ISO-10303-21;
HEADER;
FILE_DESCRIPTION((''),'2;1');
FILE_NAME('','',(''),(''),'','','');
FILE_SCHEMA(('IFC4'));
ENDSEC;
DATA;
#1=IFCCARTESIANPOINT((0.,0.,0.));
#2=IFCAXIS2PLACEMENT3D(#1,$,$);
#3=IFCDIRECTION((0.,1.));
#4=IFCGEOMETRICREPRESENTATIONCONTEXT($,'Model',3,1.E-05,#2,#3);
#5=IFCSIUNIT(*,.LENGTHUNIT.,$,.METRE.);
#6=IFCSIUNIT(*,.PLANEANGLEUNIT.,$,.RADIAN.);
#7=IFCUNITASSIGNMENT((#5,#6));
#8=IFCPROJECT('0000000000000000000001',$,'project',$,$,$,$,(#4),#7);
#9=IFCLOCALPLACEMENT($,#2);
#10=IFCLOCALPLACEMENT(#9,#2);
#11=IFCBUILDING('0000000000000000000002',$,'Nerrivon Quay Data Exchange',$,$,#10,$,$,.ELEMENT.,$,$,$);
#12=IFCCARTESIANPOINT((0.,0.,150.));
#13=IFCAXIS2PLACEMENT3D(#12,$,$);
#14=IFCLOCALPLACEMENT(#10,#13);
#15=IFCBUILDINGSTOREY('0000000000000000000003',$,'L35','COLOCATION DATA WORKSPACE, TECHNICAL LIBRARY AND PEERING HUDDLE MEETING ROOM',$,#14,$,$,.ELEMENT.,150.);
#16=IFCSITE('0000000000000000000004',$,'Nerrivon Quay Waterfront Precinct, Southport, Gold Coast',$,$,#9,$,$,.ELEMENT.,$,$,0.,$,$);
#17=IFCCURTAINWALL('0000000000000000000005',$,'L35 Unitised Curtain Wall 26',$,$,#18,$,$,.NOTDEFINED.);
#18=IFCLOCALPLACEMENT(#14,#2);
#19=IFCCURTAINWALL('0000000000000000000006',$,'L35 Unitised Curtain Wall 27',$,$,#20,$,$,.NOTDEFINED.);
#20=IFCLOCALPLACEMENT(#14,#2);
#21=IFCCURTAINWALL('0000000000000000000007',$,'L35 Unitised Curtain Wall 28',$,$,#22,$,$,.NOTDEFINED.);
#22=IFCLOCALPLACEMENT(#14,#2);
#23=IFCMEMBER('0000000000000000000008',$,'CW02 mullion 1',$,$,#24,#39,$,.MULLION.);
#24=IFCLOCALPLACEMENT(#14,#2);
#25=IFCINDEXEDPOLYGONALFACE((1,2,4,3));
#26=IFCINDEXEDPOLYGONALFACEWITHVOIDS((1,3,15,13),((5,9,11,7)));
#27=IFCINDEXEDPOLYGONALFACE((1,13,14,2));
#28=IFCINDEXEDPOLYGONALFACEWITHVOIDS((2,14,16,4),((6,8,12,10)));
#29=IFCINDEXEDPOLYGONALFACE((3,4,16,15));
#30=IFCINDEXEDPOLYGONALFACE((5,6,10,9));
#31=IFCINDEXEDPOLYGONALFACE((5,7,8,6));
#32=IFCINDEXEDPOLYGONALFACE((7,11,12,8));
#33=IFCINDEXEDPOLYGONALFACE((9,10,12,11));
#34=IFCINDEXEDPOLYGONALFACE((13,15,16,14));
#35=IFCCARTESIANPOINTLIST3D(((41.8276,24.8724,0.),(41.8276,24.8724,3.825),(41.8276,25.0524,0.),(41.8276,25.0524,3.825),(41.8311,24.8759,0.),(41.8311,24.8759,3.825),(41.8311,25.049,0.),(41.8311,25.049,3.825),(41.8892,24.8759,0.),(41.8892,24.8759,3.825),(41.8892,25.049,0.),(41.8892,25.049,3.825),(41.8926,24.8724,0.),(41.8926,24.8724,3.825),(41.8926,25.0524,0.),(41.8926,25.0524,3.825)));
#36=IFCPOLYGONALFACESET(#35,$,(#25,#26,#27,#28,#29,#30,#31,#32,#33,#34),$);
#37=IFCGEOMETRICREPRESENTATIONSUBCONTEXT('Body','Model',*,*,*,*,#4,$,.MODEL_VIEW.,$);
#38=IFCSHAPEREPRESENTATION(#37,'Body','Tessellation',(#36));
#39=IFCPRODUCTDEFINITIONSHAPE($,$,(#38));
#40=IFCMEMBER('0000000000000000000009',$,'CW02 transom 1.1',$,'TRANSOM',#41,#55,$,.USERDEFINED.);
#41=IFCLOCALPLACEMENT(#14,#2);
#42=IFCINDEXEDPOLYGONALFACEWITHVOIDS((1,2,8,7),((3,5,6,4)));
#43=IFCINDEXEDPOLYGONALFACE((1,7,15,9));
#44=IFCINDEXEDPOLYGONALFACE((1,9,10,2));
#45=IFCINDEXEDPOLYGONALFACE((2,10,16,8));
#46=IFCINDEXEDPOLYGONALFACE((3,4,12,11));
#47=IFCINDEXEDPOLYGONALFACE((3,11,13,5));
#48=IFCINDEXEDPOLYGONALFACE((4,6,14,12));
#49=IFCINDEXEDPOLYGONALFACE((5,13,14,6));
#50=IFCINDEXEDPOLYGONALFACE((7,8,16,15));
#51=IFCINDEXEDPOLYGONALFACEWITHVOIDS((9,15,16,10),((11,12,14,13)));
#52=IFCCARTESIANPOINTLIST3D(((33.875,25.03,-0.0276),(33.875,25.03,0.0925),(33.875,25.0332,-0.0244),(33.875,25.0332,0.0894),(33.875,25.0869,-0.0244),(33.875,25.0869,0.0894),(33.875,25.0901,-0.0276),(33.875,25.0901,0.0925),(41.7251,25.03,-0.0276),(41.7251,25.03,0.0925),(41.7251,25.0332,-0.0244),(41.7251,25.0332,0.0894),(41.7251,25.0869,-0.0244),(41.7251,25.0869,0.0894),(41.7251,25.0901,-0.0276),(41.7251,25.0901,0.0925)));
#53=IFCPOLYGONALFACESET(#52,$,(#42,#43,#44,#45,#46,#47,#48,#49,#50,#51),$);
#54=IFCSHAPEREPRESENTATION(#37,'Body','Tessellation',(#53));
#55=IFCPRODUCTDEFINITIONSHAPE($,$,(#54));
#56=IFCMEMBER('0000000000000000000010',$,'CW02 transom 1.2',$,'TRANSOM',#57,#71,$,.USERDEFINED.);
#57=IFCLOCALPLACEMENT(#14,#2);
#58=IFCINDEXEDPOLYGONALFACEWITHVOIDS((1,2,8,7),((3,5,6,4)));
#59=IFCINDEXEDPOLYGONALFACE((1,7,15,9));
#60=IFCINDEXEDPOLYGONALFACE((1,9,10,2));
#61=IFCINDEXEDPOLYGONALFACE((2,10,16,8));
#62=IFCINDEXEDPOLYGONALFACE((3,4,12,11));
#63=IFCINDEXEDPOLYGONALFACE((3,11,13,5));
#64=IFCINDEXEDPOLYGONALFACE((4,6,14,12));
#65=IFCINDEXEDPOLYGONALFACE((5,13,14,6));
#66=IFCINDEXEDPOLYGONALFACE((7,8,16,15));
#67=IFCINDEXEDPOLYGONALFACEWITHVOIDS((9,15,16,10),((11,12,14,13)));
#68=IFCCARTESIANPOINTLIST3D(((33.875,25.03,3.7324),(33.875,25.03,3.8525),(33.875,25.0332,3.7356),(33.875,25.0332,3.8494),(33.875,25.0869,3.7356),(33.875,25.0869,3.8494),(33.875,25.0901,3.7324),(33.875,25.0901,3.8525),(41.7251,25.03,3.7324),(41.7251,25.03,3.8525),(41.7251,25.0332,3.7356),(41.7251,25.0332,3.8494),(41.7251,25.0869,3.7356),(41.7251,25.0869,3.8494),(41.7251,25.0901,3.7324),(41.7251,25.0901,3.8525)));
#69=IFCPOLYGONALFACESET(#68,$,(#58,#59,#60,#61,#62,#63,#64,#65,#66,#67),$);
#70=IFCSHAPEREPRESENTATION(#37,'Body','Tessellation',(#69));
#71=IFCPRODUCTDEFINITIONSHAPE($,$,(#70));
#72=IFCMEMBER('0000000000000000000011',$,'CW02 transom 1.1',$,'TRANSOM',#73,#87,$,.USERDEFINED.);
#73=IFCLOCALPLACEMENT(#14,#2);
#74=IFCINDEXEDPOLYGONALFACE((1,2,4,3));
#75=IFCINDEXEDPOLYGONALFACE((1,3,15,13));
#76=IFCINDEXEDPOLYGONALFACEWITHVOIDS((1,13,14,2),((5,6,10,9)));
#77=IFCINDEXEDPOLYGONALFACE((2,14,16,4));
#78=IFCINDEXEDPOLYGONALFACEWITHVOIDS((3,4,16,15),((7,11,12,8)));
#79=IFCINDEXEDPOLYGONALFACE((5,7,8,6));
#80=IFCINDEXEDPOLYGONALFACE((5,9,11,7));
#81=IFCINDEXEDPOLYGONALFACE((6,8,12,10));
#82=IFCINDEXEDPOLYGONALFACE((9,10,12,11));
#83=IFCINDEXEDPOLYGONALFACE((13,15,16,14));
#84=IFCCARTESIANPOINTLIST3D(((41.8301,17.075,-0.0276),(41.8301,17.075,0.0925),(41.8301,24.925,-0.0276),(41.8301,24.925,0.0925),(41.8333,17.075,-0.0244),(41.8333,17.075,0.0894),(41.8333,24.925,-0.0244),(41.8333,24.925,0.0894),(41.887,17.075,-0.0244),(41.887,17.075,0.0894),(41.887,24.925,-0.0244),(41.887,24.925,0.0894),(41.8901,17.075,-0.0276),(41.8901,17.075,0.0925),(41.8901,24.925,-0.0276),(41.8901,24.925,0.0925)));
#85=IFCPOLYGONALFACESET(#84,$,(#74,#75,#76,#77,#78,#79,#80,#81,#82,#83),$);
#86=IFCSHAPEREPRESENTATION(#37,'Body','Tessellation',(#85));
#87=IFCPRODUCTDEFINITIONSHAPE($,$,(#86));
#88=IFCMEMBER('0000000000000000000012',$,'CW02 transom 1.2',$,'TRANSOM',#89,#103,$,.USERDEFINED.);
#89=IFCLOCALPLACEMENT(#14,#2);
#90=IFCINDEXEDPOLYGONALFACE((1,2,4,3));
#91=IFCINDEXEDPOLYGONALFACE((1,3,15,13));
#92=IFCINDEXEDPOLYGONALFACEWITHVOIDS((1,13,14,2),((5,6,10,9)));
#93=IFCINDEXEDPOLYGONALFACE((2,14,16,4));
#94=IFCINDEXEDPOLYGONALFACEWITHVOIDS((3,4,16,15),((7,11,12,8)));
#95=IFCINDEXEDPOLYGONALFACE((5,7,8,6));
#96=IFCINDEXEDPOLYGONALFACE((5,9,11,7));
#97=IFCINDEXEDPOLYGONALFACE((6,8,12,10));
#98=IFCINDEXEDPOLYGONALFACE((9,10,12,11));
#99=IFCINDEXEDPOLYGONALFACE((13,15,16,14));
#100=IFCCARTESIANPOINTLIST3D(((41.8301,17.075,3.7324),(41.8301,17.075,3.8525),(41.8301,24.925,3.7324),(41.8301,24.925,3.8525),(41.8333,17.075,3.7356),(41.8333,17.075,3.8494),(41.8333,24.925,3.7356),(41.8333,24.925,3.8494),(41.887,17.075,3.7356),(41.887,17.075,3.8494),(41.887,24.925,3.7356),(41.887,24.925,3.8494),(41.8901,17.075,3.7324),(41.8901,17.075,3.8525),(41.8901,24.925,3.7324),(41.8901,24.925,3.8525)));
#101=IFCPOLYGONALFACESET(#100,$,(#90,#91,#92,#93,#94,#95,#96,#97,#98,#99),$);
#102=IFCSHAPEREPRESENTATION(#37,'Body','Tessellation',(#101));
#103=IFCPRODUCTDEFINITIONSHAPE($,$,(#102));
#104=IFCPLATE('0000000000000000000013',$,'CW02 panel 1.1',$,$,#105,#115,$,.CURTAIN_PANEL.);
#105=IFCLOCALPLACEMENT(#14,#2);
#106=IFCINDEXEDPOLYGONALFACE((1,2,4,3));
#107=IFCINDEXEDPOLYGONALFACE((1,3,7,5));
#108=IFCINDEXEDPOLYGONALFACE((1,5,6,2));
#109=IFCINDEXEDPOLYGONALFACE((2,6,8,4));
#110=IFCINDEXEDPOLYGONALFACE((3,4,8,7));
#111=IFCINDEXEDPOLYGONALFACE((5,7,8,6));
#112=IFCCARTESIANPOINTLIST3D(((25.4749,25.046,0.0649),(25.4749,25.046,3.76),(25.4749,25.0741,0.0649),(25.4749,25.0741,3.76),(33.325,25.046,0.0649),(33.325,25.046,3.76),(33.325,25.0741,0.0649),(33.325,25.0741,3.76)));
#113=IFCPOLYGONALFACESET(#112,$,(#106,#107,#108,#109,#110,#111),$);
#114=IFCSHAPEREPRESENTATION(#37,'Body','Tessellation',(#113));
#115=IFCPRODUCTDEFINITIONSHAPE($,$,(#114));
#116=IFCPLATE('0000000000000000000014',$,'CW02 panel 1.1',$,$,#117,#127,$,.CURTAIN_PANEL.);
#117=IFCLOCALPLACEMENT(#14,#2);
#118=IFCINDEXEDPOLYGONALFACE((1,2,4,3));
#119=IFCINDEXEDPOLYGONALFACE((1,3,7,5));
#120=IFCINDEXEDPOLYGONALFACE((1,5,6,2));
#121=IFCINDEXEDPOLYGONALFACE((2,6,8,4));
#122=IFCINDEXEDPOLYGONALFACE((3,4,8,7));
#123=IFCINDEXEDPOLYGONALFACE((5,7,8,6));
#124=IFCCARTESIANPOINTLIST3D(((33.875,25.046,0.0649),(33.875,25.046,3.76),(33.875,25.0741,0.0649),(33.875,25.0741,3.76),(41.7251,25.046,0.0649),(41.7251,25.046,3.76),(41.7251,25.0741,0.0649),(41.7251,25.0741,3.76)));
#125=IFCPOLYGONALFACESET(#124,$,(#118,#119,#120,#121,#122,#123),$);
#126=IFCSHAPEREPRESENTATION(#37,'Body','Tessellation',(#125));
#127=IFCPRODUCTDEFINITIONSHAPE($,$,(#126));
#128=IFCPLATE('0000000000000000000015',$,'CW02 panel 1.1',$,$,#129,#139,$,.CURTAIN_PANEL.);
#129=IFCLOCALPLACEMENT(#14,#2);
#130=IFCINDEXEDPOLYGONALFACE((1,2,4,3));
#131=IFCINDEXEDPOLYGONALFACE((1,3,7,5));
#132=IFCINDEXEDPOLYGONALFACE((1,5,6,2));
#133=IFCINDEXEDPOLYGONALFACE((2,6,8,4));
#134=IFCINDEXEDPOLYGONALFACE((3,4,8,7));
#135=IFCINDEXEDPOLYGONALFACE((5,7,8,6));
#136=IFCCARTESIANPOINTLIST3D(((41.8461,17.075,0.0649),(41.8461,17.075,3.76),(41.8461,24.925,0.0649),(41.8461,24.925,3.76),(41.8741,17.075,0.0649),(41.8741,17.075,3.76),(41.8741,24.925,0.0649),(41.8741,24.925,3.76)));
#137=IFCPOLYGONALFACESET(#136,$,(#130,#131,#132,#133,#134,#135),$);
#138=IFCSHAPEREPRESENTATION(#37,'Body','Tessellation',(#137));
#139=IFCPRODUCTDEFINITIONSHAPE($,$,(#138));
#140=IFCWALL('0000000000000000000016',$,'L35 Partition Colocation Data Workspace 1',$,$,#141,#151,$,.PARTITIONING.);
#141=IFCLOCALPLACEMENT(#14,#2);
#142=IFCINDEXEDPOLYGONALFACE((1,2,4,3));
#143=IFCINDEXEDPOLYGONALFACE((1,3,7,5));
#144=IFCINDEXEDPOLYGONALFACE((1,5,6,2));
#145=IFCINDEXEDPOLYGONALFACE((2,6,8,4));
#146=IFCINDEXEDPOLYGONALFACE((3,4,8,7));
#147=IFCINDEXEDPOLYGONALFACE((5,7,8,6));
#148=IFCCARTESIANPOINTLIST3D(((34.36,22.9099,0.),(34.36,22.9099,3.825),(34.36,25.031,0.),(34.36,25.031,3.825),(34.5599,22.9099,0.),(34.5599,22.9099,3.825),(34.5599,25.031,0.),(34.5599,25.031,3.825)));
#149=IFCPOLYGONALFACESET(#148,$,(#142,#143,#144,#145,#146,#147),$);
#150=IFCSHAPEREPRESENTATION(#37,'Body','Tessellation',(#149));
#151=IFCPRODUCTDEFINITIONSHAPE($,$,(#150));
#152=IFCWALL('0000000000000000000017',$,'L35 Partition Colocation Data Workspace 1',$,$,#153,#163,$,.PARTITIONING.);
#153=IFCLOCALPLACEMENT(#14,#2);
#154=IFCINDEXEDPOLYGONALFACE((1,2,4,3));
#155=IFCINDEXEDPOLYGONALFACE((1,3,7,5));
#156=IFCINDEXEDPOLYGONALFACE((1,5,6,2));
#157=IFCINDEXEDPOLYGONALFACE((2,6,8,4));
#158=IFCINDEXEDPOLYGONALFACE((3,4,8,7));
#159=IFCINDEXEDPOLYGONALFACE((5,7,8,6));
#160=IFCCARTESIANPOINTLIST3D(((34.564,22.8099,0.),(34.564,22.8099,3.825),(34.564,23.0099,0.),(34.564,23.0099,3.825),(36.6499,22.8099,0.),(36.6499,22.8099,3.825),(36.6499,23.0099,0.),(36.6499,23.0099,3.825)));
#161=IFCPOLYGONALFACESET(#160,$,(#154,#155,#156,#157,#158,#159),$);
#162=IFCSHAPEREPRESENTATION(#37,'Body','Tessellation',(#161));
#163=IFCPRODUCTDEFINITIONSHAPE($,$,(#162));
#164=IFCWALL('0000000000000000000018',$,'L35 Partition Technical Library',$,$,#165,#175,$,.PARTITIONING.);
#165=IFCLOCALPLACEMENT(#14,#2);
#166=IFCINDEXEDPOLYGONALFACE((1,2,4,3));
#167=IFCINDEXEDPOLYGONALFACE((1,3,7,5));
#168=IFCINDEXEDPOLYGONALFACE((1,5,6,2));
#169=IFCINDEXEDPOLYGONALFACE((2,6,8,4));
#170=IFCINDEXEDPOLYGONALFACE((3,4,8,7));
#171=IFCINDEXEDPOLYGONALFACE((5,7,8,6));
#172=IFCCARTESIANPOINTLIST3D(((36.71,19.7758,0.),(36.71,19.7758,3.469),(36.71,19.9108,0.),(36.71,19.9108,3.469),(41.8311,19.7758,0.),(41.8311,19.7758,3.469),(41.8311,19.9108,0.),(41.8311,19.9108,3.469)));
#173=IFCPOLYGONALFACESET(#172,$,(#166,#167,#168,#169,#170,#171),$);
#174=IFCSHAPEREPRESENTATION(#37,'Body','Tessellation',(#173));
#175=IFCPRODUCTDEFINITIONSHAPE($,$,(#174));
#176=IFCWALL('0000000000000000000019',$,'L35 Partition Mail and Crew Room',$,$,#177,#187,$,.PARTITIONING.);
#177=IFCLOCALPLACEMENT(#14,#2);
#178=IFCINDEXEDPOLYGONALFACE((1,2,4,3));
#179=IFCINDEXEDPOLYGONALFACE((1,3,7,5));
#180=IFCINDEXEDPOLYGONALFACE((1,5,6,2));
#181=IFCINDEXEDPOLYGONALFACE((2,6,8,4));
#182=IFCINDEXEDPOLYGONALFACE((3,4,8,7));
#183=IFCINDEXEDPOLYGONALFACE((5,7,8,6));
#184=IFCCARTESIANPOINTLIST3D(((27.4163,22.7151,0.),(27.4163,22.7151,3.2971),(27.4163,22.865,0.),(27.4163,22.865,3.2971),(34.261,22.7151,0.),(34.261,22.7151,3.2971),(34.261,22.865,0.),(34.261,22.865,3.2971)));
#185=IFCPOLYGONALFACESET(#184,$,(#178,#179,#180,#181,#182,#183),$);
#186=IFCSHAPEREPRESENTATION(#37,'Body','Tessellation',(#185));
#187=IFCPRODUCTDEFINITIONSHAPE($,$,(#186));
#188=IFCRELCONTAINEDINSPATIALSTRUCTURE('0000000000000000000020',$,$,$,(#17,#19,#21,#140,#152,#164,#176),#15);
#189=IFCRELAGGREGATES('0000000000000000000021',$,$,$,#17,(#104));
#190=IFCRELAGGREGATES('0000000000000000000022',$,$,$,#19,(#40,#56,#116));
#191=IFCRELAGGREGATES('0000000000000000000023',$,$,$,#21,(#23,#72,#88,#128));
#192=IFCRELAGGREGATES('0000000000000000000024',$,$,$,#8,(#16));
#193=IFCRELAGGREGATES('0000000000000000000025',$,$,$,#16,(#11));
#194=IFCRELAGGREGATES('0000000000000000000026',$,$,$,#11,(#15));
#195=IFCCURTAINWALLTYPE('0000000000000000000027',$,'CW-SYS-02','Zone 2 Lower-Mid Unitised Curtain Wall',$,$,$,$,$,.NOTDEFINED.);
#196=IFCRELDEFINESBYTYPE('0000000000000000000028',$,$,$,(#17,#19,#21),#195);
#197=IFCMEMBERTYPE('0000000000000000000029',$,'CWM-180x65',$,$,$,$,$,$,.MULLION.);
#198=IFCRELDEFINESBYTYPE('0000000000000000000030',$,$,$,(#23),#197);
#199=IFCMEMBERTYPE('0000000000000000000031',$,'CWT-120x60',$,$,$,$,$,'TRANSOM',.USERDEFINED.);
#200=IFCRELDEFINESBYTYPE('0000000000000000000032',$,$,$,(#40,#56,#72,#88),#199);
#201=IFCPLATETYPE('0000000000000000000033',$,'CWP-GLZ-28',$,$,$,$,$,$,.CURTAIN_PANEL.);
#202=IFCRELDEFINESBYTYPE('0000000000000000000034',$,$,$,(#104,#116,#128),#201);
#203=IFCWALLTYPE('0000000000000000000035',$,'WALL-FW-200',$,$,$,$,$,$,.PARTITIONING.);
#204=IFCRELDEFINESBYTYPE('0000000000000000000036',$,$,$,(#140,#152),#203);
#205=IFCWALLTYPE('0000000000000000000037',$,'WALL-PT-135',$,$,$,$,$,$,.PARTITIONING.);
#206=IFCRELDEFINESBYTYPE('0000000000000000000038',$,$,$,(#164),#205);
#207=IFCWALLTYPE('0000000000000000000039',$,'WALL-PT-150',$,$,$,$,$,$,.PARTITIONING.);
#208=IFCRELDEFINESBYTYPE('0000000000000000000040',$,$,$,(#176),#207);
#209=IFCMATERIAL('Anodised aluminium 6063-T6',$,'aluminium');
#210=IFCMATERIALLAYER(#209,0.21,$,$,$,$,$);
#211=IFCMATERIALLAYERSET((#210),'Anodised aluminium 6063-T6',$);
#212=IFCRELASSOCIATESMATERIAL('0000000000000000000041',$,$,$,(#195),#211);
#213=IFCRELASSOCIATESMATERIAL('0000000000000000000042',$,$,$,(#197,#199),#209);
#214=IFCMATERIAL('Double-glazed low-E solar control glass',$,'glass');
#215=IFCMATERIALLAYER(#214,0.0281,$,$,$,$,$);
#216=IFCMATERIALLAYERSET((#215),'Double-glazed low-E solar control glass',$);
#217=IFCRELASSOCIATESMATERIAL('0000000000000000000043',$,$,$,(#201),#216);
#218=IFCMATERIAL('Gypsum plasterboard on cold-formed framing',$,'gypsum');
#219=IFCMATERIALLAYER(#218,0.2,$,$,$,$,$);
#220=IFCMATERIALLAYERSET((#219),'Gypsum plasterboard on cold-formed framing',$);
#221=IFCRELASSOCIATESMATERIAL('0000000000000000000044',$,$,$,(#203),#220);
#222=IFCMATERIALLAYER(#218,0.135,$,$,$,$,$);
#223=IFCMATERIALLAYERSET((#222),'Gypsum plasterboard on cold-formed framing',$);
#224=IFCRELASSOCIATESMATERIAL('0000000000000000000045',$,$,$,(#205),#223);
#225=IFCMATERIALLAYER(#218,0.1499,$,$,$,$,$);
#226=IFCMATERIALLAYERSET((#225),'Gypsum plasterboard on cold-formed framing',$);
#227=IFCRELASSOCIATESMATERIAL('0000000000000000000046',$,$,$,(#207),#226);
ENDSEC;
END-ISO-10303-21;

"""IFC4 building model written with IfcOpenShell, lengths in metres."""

from ifc_helpers import new_model, si_unit, direction, frame, frame_2d, origin, origin_2d, place, context, subcontext, project, spatial, rectangle, hollow_rectangle, extrude, material, layer, layer_set, material_profile, profile_set, type_object, element, aggregate, save


model = new_model("IFC4")

# Units and contexts
model_context = context("Model", 3, precision=1e-05, world=origin(), true_north=direction((0.0, 1.0)))
body_context = subcontext(model_context, "Body", "Model", "MODEL_VIEW")
ifc_project = project(units=[si_unit("LENGTHUNIT", "METRE"), si_unit("PLANEANGLEUNIT", "RADIAN")], contexts=[model_context])

# Site, building, storey
site_placement = place(None, origin())
site = spatial("IfcSite", under=ifc_project, at=site_placement, Name="Nerrivon Quay Waterfront Precinct, Southport, Gold Coast", CompositionType="ELEMENT", RefElevation=0.0)
building_placement = place(site_placement, origin())
building = spatial("IfcBuilding", under=site, at=building_placement, Name="Nerrivon Quay Data Exchange", CompositionType="ELEMENT")
storey_placement = place(building_placement, frame((0.0, 0.0, 150.0)))
storey = spatial("IfcBuildingStorey", under=building, at=storey_placement, Name="L35", Description="COLOCATION DATA WORKSPACE, TECHNICAL LIBRARY AND PEERING HUDDLE MEETING ROOM", CompositionType="ELEMENT", Elevation=150.0)

# Curtain wall
ifc_material_1 = material(Name="Anodised aluminium 6063-T6", Category="aluminium")
ifc_layer_1 = layer(ifc_material_1, 0.21)
ifc_layer_set_1 = layer_set([ifc_layer_1], Name="Anodised aluminium 6063-T6")
curtain_wall_type = type_object("IfcCurtainWallType", Name="CW-SYS-02", Description="Zone 2 Lower-Mid Unitised Curtain Wall", PredefinedType="NOTDEFINED", material=ifc_layer_set_1)
curtain_wall_1_placement = place(storey_placement, origin())
curtain_wall_1 = element("IfcCurtainWall", 1, at=curtain_wall_1_placement, inside=storey, type_object=curtain_wall_type, Name="L35 Unitised Curtain Wall 26", PredefinedType="NOTDEFINED")
ifc_material_profile_1 = material_profile(ifc_material_1, hollow_rectangle(XDim=0.0649, YDim=0.1799, WallThickness=0.0034, at=origin_2d()), Name="ALU-MULL-180x65")
ifc_profile_set_1 = profile_set([ifc_material_profile_1], Name="Anodised aluminium 6063-T6")
member_type_1 = type_object("IfcMemberType", Name="CWM-180x65", PredefinedType="MULLION", material=ifc_profile_set_1)

# Curtain wall
curtain_wall_2_placement = place(storey_placement, origin())
curtain_wall_2 = element("IfcCurtainWall", 2, at=curtain_wall_2_placement, inside=storey, type_object=curtain_wall_type, Name="L35 Unitised Curtain Wall 27", PredefinedType="NOTDEFINED")

# Curtain wall, member
curtain_wall_3_placement = place(storey_placement, origin())
curtain_wall_3 = element("IfcCurtainWall", 3, at=curtain_wall_3_placement, inside=storey, type_object=curtain_wall_type, Name="L35 Unitised Curtain Wall 28", PredefinedType="NOTDEFINED")
member_1_placement = place(storey_placement, frame((41.8601, 24.9624, 0.0), z_axis=(0.0, 0.0, 1.0), x_axis=(1.0, 0.0, 0.0)))
member_1 = element("IfcMember", 4, at=member_1_placement, type_object=member_type_1, Name="CW02 mullion 1", PredefinedType="MULLION", context=body_context, shape_type="SweptSolid", body=[
    extrude(hollow_rectangle(XDim=0.0649, YDim=0.1799, WallThickness=0.0034, at=origin_2d()), origin(), (0.0, 0.0, 1.0), 3.825),
])

# Members
ifc_material_profile_2 = material_profile(ifc_material_1, hollow_rectangle(XDim=0.0601, YDim=0.1201, WallThickness=0.0032, at=origin_2d()), Name="ALU-TRAN-120x60")
ifc_profile_set_2 = profile_set([ifc_material_profile_2], Name="Anodised aluminium 6063-T6")
member_type_2 = type_object("IfcMemberType", Name="CWT-120x60", ElementType="TRANSOM", PredefinedType="USERDEFINED", material=ifc_profile_set_2)
member_2_placement = place(storey_placement, frame((33.875, 25.0601, 0.0325), z_axis=(1.0, 0.0, 0.0), x_axis=(0.0, 1.0, 0.0)))
member_2 = element("IfcMember", 5, at=member_2_placement, type_object=member_type_2, Name="CW02 transom 1.1", ObjectType="TRANSOM", PredefinedType="USERDEFINED", context=body_context, shape_type="SweptSolid", body=[
    extrude(hollow_rectangle(XDim=0.0601, YDim=0.1201, WallThickness=0.0032, at=origin_2d()), origin(), (0.0, 0.0, 1.0), 7.8501),
])
member_3_placement = place(storey_placement, frame((33.875, 25.0601, 3.7925), z_axis=(1.0, 0.0, 0.0), x_axis=(0.0, 1.0, 0.0)))
member_3 = element("IfcMember", 6, at=member_3_placement, type_object=member_type_2, Name="CW02 transom 1.2", ObjectType="TRANSOM", PredefinedType="USERDEFINED", context=body_context, shape_type="SweptSolid", body=[
    extrude(hollow_rectangle(XDim=0.0601, YDim=0.1201, WallThickness=0.0032, at=origin_2d()), origin(), (0.0, 0.0, 1.0), 7.8501),
])
member_4_placement = place(storey_placement, frame((41.8601, 24.925, 0.0325), z_axis=(0.0, -1.0, 0.0), x_axis=(1.0, 0.0, 0.0)))
member_4 = element("IfcMember", 7, at=member_4_placement, type_object=member_type_2, Name="CW02 transom 1.1", ObjectType="TRANSOM", PredefinedType="USERDEFINED", context=body_context, shape_type="SweptSolid", body=[
    extrude(hollow_rectangle(XDim=0.0601, YDim=0.1201, WallThickness=0.0032, at=origin_2d()), origin(), (0.0, 0.0, 1.0), 7.8501),
])
member_5_placement = place(storey_placement, frame((41.8601, 24.925, 3.7925), z_axis=(0.0, -1.0, 0.0), x_axis=(1.0, 0.0, 0.0)))
member_5 = element("IfcMember", 8, at=member_5_placement, type_object=member_type_2, Name="CW02 transom 1.2", ObjectType="TRANSOM", PredefinedType="USERDEFINED", context=body_context, shape_type="SweptSolid", body=[
    extrude(hollow_rectangle(XDim=0.0601, YDim=0.1201, WallThickness=0.0032, at=origin_2d()), origin(), (0.0, 0.0, 1.0), 7.8501),
])

# Plates
ifc_material_2 = material(Name="Double-glazed low-E solar control glass", Category="glass")
ifc_layer_2 = layer(ifc_material_2, 0.0281)
ifc_layer_set_2 = layer_set([ifc_layer_2], Name="Double-glazed low-E solar control glass")
plate_type = type_object("IfcPlateType", Name="CWP-GLZ-28", PredefinedType="CURTAIN_PANEL", material=ifc_layer_set_2)
plate_1_placement = place(storey_placement, frame((29.3999, 25.0601, 0.0649), z_axis=(0.0, 0.0, 1.0), x_axis=(1.0, 0.0, 0.0)))
plate_1 = element("IfcPlate", 9, at=plate_1_placement, type_object=plate_type, Name="CW02 panel 1.1", PredefinedType="CURTAIN_PANEL", context=body_context, shape_type="SweptSolid", body=[
    extrude(rectangle(XDim=7.8501, YDim=0.0281, at=origin_2d()), origin(), (0.0, 0.0, 1.0), 3.6951),
])
aggregate(curtain_wall_1, [plate_1])
plate_2_placement = place(storey_placement, frame((37.8, 25.0601, 0.0649), z_axis=(0.0, 0.0, 1.0), x_axis=(1.0, 0.0, 0.0)))
plate_2 = element("IfcPlate", 10, at=plate_2_placement, type_object=plate_type, Name="CW02 panel 1.1", PredefinedType="CURTAIN_PANEL", context=body_context, shape_type="SweptSolid", body=[
    extrude(rectangle(XDim=7.8501, YDim=0.0281, at=origin_2d()), origin(), (0.0, 0.0, 1.0), 3.6951),
])
aggregate(curtain_wall_2, [member_2, member_3, plate_2])
plate_3_placement = place(storey_placement, frame((41.8601, 21.0, 0.0649), z_axis=(0.0, 0.0, 1.0), x_axis=(0.0, -1.0, 0.0)))
plate_3 = element("IfcPlate", 11, at=plate_3_placement, type_object=plate_type, Name="CW02 panel 1.1", PredefinedType="CURTAIN_PANEL", context=body_context, shape_type="SweptSolid", body=[
    extrude(rectangle(XDim=7.8501, YDim=0.0281, at=origin_2d()), origin(), (0.0, 0.0, 1.0), 3.6951),
])
aggregate(curtain_wall_3, [member_1, member_4, member_5, plate_3])

# Shared definitions
ifc_material_3 = material(Name="Gypsum plasterboard on cold-formed framing", Category="gypsum")
ifc_layer_3 = layer(ifc_material_3, 0.2)
ifc_layer_set_3 = layer_set([ifc_layer_3], Name="Gypsum plasterboard on cold-formed framing")
wall_type_1 = type_object("IfcWallType", Name="WALL-FW-200", PredefinedType="PARTITIONING", material=ifc_layer_set_3)

# Walls
wall_1_placement = place(storey_placement, frame((34.46, 25.031, 0.0), z_axis=(0.0, 0.0, 1.0), x_axis=(0.0, -1.0, 0.0)))
element("IfcWall", 12, at=wall_1_placement, inside=storey, type_object=wall_type_1, Name="L35 Partition Colocation Data Workspace 1", PredefinedType="PARTITIONING", context=body_context, shape_type="SweptSolid", body=[
    extrude(rectangle(XDim=2.1211, YDim=0.2, at=frame_2d((1.0605, 0.0))), origin(), (0.0, 0.0, 1.0), 3.825),
])
wall_2_placement = place(storey_placement, frame((34.564, 22.9099, 0.0), z_axis=(0.0, 0.0, 1.0), x_axis=(1.0, 0.0, 0.0)))
element("IfcWall", 13, at=wall_2_placement, inside=storey, type_object=wall_type_1, Name="L35 Partition Colocation Data Workspace 1", PredefinedType="PARTITIONING", context=body_context, shape_type="SweptSolid", body=[
    extrude(rectangle(XDim=2.0859, YDim=0.2, at=frame_2d((1.043, 0.0))), origin(), (0.0, 0.0, 1.0), 3.825),
])
ifc_layer_4 = layer(ifc_material_3, 0.135)
ifc_layer_set_4 = layer_set([ifc_layer_4], Name="Gypsum plasterboard on cold-formed framing")
wall_type_2 = type_object("IfcWallType", Name="WALL-PT-135", PredefinedType="PARTITIONING", material=ifc_layer_set_4)
wall_3_placement = place(storey_placement, frame((41.8311, 19.8433, 0.0), z_axis=(0.0, 0.0, 1.0), x_axis=(-1.0, 0.0, 0.0)))
element("IfcWall", 14, at=wall_3_placement, inside=storey, type_object=wall_type_2, Name="L35 Partition Technical Library", PredefinedType="PARTITIONING", context=body_context, shape_type="SweptSolid", body=[
    extrude(rectangle(XDim=5.1211, YDim=0.135, at=frame_2d((2.5605, 0.0))), origin(), (0.0, 0.0, 1.0), 3.469),
])
ifc_layer_5 = layer(ifc_material_3, 0.1499)
ifc_layer_set_5 = layer_set([ifc_layer_5], Name="Gypsum plasterboard on cold-formed framing")
wall_type_3 = type_object("IfcWallType", Name="WALL-PT-150", PredefinedType="PARTITIONING", material=ifc_layer_set_5)
wall_4_placement = place(storey_placement, frame((34.261, 22.79, 0.0), z_axis=(0.0, 0.0, 1.0), x_axis=(-1.0, 0.0, 0.0)))
element("IfcWall", 15, at=wall_4_placement, inside=storey, type_object=wall_type_3, Name="L35 Partition Mail and Crew Room", PredefinedType="PARTITIONING", context=body_context, shape_type="SweptSolid", body=[
    extrude(rectangle(XDim=6.8447, YDim=0.1499, at=frame_2d((3.4224, 0.0))), origin(), (0.0, 0.0, 1.0), 3.2971),
])

save(model, "model.ifc")
